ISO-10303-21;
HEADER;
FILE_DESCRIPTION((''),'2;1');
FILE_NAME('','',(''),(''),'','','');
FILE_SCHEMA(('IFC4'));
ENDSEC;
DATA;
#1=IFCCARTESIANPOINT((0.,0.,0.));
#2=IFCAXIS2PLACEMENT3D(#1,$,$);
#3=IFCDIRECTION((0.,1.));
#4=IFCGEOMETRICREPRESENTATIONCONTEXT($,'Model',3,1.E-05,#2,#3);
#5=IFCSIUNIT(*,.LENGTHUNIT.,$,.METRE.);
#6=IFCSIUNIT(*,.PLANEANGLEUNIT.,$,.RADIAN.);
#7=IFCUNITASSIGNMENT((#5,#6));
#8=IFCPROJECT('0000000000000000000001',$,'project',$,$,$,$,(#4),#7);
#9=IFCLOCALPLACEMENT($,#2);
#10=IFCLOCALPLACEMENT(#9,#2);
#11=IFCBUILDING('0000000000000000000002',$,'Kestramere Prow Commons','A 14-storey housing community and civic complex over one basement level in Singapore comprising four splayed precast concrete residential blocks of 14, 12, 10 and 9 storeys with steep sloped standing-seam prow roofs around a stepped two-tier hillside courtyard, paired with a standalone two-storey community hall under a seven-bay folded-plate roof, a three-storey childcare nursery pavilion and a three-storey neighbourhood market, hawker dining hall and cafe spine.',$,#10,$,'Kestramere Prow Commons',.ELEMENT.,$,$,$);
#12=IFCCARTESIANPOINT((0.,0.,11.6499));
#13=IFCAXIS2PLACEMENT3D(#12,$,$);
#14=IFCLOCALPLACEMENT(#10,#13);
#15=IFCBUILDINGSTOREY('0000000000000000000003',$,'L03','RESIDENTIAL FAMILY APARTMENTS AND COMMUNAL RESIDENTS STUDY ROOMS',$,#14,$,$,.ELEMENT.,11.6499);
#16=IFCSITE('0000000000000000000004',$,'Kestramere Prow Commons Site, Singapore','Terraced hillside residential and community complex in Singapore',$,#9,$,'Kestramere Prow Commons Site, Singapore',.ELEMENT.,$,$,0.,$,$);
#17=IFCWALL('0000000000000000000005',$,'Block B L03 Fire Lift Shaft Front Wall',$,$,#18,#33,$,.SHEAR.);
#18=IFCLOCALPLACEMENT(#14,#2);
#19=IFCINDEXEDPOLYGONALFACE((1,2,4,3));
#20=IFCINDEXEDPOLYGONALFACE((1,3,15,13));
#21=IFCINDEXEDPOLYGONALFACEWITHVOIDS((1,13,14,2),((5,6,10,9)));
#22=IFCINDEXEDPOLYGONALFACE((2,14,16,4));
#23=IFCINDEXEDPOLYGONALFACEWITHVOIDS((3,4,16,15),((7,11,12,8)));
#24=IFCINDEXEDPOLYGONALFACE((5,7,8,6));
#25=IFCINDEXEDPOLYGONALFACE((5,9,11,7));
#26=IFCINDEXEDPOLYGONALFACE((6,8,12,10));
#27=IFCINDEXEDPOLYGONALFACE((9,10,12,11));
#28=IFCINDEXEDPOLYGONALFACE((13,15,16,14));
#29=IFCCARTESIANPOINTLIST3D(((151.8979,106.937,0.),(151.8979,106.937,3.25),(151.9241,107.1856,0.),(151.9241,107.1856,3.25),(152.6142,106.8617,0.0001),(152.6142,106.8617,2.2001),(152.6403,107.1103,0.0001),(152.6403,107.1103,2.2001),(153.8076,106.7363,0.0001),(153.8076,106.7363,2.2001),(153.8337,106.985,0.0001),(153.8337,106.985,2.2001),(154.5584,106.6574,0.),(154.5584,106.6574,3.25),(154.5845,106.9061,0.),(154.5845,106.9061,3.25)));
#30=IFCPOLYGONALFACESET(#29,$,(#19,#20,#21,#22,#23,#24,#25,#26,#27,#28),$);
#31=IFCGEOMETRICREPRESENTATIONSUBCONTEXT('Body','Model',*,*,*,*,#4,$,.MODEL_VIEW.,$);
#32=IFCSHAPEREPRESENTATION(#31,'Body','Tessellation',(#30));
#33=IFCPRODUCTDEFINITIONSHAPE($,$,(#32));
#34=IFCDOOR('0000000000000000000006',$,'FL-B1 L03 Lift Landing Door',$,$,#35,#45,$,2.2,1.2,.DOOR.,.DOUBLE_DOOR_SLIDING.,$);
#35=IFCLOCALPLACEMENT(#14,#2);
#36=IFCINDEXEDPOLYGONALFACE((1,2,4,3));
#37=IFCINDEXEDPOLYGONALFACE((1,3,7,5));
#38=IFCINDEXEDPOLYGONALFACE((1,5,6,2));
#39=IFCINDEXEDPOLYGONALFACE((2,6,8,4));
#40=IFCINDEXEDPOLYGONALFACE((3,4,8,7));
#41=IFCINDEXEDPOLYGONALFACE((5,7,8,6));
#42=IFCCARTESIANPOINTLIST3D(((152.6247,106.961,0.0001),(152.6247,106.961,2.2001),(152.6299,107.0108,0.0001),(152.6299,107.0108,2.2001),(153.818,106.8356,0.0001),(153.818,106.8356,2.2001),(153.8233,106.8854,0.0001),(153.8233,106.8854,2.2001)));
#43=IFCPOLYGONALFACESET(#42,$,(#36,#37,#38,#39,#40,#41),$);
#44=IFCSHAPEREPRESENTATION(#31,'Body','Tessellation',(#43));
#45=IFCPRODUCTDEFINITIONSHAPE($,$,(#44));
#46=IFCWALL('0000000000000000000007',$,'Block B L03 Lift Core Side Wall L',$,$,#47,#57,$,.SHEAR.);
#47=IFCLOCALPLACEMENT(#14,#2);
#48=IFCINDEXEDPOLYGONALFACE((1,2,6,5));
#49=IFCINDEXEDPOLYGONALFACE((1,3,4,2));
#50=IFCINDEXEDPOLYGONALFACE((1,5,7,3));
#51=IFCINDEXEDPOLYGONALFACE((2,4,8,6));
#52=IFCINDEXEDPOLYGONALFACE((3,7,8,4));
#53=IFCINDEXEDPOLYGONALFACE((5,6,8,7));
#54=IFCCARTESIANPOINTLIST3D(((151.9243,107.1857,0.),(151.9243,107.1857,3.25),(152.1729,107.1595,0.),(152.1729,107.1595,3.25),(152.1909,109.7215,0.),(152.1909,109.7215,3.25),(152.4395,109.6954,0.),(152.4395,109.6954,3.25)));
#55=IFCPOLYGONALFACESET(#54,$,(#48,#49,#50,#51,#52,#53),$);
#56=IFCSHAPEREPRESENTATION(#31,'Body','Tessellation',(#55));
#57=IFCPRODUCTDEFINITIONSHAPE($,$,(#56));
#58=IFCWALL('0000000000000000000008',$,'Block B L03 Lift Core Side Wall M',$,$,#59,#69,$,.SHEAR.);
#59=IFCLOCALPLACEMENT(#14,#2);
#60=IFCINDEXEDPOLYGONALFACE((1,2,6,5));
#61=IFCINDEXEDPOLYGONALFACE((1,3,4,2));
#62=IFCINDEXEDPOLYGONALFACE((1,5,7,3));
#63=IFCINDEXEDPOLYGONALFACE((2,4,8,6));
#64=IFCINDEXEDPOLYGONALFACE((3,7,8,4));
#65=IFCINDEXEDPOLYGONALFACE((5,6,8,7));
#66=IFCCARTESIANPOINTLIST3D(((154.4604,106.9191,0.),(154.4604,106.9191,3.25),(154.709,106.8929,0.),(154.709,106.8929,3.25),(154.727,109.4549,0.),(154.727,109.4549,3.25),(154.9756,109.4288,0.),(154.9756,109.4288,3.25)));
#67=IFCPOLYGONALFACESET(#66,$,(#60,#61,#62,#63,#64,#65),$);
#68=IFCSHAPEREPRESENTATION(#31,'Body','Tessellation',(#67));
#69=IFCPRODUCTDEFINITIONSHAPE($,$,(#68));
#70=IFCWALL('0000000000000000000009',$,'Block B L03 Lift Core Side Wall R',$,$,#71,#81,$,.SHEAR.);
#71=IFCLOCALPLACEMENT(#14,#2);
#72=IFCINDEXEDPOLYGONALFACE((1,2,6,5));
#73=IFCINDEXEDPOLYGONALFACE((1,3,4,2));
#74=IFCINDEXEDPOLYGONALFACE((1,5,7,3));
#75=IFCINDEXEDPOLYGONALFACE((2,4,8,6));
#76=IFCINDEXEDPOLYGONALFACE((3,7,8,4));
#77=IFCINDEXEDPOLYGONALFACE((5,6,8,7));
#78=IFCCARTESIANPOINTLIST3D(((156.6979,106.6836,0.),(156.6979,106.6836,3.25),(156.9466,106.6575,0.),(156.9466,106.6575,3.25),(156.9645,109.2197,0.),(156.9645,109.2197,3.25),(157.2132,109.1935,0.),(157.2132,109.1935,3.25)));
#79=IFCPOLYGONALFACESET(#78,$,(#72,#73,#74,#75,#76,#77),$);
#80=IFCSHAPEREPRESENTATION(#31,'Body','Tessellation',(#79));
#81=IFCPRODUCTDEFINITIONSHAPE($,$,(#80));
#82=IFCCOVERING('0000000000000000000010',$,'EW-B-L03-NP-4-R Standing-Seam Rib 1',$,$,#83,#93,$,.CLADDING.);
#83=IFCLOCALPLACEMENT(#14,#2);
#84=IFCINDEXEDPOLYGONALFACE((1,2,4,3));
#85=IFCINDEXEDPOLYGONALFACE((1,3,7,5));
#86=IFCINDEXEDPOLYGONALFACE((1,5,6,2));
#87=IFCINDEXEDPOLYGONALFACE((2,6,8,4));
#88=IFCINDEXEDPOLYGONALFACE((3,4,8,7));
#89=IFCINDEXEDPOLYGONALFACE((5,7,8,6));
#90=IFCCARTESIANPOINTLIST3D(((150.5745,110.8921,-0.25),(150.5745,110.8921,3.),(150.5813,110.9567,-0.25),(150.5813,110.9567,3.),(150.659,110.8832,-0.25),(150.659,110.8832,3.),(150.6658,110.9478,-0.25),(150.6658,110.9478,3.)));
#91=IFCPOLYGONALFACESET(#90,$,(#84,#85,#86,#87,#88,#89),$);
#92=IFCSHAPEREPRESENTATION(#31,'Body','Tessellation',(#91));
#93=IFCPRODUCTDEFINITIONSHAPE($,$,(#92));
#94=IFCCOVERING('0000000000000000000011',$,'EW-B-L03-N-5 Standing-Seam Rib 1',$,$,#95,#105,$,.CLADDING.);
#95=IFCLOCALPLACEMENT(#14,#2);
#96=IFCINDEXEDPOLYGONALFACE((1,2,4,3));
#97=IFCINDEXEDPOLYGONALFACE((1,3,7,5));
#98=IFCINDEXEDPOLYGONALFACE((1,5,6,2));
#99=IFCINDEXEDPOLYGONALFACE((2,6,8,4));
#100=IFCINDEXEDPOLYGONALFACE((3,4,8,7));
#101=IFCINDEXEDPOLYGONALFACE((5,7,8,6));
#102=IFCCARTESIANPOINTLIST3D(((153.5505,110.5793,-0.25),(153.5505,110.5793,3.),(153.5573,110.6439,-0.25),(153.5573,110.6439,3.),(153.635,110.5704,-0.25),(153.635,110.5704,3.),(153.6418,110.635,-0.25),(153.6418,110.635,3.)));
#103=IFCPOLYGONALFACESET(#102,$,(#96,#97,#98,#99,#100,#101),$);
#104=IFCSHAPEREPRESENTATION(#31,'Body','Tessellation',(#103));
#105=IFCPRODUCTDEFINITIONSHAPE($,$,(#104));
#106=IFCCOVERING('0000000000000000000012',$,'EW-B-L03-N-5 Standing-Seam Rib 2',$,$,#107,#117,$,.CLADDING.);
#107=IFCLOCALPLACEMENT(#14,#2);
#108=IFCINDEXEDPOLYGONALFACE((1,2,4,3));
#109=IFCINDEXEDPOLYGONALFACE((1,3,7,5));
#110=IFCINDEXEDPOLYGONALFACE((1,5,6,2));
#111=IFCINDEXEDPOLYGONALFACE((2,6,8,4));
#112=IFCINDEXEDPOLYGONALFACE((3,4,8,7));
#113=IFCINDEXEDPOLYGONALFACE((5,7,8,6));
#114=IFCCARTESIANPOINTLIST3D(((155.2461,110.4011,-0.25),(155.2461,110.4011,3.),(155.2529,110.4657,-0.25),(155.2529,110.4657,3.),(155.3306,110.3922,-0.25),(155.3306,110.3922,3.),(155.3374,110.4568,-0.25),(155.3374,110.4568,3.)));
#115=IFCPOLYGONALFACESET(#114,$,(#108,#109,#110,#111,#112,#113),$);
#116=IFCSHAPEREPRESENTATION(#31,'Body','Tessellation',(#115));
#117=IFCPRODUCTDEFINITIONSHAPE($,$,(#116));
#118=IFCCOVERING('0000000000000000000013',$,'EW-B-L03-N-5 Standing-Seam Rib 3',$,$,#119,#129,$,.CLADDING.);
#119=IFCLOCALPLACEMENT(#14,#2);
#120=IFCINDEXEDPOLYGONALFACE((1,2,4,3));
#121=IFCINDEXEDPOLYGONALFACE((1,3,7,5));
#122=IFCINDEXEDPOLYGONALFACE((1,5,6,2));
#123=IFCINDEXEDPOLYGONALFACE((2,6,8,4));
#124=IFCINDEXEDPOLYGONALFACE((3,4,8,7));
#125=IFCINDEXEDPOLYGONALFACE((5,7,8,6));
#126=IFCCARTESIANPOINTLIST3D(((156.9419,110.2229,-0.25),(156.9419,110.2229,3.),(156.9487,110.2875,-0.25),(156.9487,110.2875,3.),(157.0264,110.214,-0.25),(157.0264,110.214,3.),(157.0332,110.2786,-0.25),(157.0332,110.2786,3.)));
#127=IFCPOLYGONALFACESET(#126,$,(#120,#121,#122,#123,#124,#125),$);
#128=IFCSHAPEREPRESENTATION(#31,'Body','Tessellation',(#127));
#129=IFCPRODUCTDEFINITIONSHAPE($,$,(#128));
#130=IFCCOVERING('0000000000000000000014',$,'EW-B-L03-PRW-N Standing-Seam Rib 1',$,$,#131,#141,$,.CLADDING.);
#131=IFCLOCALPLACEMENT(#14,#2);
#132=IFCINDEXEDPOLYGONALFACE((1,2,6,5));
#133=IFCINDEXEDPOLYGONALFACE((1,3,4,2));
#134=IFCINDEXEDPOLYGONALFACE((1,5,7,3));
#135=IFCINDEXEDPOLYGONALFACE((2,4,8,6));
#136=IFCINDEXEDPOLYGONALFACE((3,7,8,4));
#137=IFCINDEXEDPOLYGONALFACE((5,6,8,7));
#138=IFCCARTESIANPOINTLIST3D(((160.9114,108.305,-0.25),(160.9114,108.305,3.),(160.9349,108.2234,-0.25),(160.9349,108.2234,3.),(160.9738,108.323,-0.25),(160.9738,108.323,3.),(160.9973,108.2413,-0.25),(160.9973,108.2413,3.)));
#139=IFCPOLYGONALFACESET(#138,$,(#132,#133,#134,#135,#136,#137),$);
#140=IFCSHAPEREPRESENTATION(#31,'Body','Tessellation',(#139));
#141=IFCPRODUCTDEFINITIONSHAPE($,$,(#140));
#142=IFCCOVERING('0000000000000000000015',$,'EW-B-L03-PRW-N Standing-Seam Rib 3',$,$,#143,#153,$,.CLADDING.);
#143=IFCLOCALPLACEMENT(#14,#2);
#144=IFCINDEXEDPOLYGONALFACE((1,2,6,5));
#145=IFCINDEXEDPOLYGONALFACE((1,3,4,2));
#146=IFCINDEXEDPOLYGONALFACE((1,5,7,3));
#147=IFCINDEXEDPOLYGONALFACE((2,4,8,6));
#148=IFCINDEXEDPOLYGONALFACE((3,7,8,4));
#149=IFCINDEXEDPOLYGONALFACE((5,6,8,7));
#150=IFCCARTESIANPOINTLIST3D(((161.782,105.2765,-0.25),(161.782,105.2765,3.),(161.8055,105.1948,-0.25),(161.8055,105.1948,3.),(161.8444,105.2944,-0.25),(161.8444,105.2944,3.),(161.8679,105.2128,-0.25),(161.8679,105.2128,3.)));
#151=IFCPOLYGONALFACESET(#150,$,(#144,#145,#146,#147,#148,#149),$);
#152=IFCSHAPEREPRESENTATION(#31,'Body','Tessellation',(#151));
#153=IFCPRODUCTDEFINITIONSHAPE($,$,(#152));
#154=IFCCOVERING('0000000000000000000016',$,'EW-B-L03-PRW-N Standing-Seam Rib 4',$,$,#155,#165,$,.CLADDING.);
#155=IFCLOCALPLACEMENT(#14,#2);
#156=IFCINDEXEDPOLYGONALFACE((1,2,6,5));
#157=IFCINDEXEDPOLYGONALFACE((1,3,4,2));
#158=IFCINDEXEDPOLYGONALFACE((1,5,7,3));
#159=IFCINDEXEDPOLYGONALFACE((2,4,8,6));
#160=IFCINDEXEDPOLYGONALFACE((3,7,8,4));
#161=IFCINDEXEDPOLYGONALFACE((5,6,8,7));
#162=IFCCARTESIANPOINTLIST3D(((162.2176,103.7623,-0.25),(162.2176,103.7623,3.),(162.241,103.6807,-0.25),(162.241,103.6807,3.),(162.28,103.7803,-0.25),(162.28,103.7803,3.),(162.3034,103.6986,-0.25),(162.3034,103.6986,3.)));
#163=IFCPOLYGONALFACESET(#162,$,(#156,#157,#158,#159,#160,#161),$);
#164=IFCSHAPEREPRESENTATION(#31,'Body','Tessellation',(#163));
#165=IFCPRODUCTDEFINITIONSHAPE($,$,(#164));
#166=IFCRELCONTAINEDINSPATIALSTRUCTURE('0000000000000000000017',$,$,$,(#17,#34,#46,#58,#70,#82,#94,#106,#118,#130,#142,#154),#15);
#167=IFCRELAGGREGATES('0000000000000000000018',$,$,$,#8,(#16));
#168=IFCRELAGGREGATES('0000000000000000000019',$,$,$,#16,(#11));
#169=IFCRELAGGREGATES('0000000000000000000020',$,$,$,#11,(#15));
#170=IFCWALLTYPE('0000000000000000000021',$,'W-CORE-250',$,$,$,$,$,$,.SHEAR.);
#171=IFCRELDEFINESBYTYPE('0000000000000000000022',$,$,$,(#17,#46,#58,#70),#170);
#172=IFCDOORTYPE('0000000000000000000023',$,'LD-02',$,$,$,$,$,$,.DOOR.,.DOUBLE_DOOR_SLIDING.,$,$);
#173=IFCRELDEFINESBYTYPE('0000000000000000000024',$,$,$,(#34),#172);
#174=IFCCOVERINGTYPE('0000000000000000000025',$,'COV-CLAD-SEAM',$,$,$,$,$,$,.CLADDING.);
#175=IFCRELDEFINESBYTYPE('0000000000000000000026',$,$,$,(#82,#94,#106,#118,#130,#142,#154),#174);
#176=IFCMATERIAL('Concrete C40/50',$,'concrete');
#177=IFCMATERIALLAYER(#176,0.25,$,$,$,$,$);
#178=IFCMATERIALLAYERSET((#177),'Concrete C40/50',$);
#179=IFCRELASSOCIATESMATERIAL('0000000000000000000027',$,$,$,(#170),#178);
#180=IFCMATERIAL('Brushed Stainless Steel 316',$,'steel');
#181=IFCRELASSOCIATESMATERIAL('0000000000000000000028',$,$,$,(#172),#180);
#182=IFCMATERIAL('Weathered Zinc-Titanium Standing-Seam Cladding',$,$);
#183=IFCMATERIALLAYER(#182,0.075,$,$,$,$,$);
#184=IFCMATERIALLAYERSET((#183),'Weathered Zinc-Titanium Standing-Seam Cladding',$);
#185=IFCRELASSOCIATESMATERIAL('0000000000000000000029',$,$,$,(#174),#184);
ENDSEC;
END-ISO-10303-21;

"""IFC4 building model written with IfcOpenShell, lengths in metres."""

from ifc_helpers import new_model, si_unit, direction, frame, frame_2d, origin, origin_2d, place, context, subcontext, project, spatial, rectangle, extrude, material, layer, layer_set, type_object, element, fill, save


model = new_model("IFC4")

# Units and contexts
model_context = context("Model", 3, precision=1e-05, world=origin(), true_north=direction((0.0, 1.0)))
body_context = subcontext(model_context, "Body", "Model", "MODEL_VIEW")
ifc_project = project(units=[si_unit("LENGTHUNIT", "METRE"), si_unit("PLANEANGLEUNIT", "RADIAN")], contexts=[model_context])

# Site, building, storey
site_placement = place(None, origin())
site = spatial("IfcSite", under=ifc_project, at=site_placement, Name="Kestramere Prow Commons Site, Singapore", Description="Terraced hillside residential and community complex in Singapore", LongName="Kestramere Prow Commons Site, Singapore", CompositionType="ELEMENT", RefElevation=0.0)
building_placement = place(site_placement, origin())
building = spatial("IfcBuilding", under=site, at=building_placement, Name="Kestramere Prow Commons", Description="A 14-storey housing community and civic complex over one basement level in Singapore comprising four splayed precast concrete residential blocks of 14, 12, 10 and 9 storeys with steep sloped standing-seam prow roofs around a stepped two-tier hillside courtyard, paired with a standalone two-storey community hall under a seven-bay folded-plate roof, a three-storey childcare nursery pavilion and a three-storey neighbourhood market, hawker dining hall and cafe spine.", LongName="Kestramere Prow Commons", CompositionType="ELEMENT")
storey_placement = place(building_placement, frame((0.0, 0.0, 11.6499)))
storey = spatial("IfcBuildingStorey", under=building, at=storey_placement, Name="L03", Description="RESIDENTIAL FAMILY APARTMENTS AND COMMUNAL RESIDENTS STUDY ROOMS", CompositionType="ELEMENT", Elevation=11.6499)

# Shared definitions
ifc_material_1 = material(Name="Weathered Zinc-Titanium Standing-Seam Cladding")

# Shared definitions
ifc_material_2 = material(Name="Concrete C40/50", Category="concrete")
ifc_layer_1 = layer(ifc_material_2, 0.25)
ifc_layer_set_1 = layer_set([ifc_layer_1], Name="Concrete C40/50")
wall_type_1 = type_object("IfcWallType", Name="W-CORE-250", PredefinedType="SHEAR", material=ifc_layer_set_1)

# Wall, opening, door
wall_1_placement = place(storey_placement, frame((151.9111, 107.0613, 0.0), z_axis=(0.0, 0.0, 1.0), x_axis=(0.994525, -0.1045, 0.0)))
wall_1 = element("IfcWall", 1, at=wall_1_placement, inside=storey, type_object=wall_type_1, Name="Block B L03 Fire Lift Shaft Front Wall", PredefinedType="SHEAR", context=body_context, shape_type="SweptSolid", body=[
    extrude(rectangle(XDim=2.675, YDim=0.25, at=frame_2d((1.3374, 0.0))), origin(), (0.0, 0.0, 1.0), 3.25),
])
opening_1_placement = place(wall_1_placement, frame((0.72, 0.0, 0.0)))
opening_1 = element("IfcOpeningElement", 2, at=opening_1_placement, cuts=wall_1, PredefinedType="OPENING", context=body_context, shape_type="SweptSolid", body=[
    extrude(rectangle(XDim=1.2, YDim=2.2, at=frame_2d((0.6001, 1.1001))), frame((0.0, 0.1399, 0.0), z_axis=(0.0, -1.0, 0.0), x_axis=(1.0, 0.0, 0.0)), (0.0, 0.0, 1.0), 0.28),
])
ifc_material_3 = material(Name="Brushed Stainless Steel 316", Category="steel")
door_type_1 = type_object("IfcDoorType", Name="LD-02", OperationType="DOUBLE_DOOR_SLIDING", PredefinedType="DOOR", material=ifc_material_3)
door_1_placement = place(opening_1_placement, origin())
door_1 = element("IfcDoor", 3, at=door_1_placement, inside=storey, type_object=door_type_1, Name="FL-B1 L03 Lift Landing Door", OperationType="DOUBLE_DOOR_SLIDING", OverallHeight=2.2, OverallWidth=1.2, PredefinedType="DOOR", context=body_context, shape_type="SweptSolid", body=[
    extrude(rectangle(XDim=1.2, YDim=2.2, at=frame_2d((0.6001, 1.1001))), frame((0.0, 0.0249, 0.0), z_axis=(0.0, -1.0, 0.0), x_axis=(1.0, 0.0, 0.0)), (0.0, 0.0, 1.0), 0.05),
])
fill(opening_1, door_1)

# Walls
for number, where, z_axis, x_axis, name in (
    (4, (152.0486, 107.1726, 0.0), (0.0, 0.0, 1.0), (0.104555, 0.994519, 0.0), "Block B L03 Lift Core Side Wall L"),
    (5, (154.5847, 106.906, 0.0), (0.0, 0.0, 1.0), (0.104555, 0.994519, 0.0), "Block B L03 Lift Core Side Wall M"),
):
    element("IfcWall", number, at=place(storey_placement, frame(where, z_axis=z_axis, x_axis=x_axis)), inside=storey, type_object=wall_type_1, Name=name, PredefinedType="SHEAR", context=body_context, shape_type="SweptSolid", body=[
        extrude(rectangle(XDim=2.5498, YDim=0.25, at=frame_2d((1.2749, 0.0))), origin(), (0.0, 0.0, 1.0), 3.25),
    ])
wall_2_placement = place(storey_placement, frame((156.8223, 106.6707, 0.0), z_axis=(0.0, 0.0, 1.0), x_axis=(0.104545, 0.99452, 0.0)))
element("IfcWall", 6, at=wall_2_placement, inside=storey, type_object=wall_type_1, Name="Block B L03 Lift Core Side Wall R", PredefinedType="SHEAR", context=body_context, shape_type="SweptSolid", body=[
    extrude(rectangle(XDim=2.55, YDim=0.25, at=frame_2d((1.2749, 0.0))), origin(), (0.0, 0.0, 1.0), 3.25),
])

# Coverings
ifc_layer_2 = layer(ifc_material_1, 0.075)
ifc_layer_set_2 = layer_set([ifc_layer_2], Name="Weathered Zinc-Titanium Standing-Seam Cladding")
covering_type = type_object("IfcCoveringType", Name="COV-CLAD-SEAM", PredefinedType="CLADDING", material=ifc_layer_set_2)
for number, where, z_axis, x_axis, name in (
    (7, (150.6201, 110.9199, -0.25), (0.0, 0.0, 1.0), (0.994522, -0.104528, 0.0), "EW-B-L03-NP-4-R Standing-Seam Rib 1"),
    (8, (153.5962, 110.6072, -0.25), (0.0, 0.0, 1.0), (0.994522, -0.104528, 0.0), "EW-B-L03-N-5 Standing-Seam Rib 1"),
    (9, (155.2917, 110.429, -0.25), (0.0, 0.0, 1.0), (0.994522, -0.104528, 0.0), "EW-B-L03-N-5 Standing-Seam Rib 2"),
    (10, (156.9875, 110.2507, -0.25), (0.0, 0.0, 1.0), (0.994522, -0.104528, 0.0), "EW-B-L03-N-5 Standing-Seam Rib 3"),
    (11, (160.9543, 108.2732, -0.25), (0.0, 0.0, 1.0), (0.276318, -0.961066, 0.0), "EW-B-L03-PRW-N Standing-Seam Rib 1"),
    (12, (161.825, 105.2446, -0.25), (0.0, 0.0, 1.0), (0.276318, -0.961066, 0.0), "EW-B-L03-PRW-N Standing-Seam Rib 3"),
    (13, (162.2605, 103.7305, -0.25), (0.0, 0.0, 1.0), (0.276318, -0.961066, 0.0), "EW-B-L03-PRW-N Standing-Seam Rib 4"),
):
    element("IfcCovering", number, at=place(storey_placement, frame(where, z_axis=z_axis, x_axis=x_axis)), inside=storey, type_object=covering_type, Name=name, PredefinedType="CLADDING", context=body_context, shape_type="SweptSolid", body=[
        extrude(rectangle(XDim=0.085, YDim=0.0649, at=origin_2d()), origin(), (0.0, 0.0, 1.0), 3.25),
    ])

save(model, "model.ifc")
